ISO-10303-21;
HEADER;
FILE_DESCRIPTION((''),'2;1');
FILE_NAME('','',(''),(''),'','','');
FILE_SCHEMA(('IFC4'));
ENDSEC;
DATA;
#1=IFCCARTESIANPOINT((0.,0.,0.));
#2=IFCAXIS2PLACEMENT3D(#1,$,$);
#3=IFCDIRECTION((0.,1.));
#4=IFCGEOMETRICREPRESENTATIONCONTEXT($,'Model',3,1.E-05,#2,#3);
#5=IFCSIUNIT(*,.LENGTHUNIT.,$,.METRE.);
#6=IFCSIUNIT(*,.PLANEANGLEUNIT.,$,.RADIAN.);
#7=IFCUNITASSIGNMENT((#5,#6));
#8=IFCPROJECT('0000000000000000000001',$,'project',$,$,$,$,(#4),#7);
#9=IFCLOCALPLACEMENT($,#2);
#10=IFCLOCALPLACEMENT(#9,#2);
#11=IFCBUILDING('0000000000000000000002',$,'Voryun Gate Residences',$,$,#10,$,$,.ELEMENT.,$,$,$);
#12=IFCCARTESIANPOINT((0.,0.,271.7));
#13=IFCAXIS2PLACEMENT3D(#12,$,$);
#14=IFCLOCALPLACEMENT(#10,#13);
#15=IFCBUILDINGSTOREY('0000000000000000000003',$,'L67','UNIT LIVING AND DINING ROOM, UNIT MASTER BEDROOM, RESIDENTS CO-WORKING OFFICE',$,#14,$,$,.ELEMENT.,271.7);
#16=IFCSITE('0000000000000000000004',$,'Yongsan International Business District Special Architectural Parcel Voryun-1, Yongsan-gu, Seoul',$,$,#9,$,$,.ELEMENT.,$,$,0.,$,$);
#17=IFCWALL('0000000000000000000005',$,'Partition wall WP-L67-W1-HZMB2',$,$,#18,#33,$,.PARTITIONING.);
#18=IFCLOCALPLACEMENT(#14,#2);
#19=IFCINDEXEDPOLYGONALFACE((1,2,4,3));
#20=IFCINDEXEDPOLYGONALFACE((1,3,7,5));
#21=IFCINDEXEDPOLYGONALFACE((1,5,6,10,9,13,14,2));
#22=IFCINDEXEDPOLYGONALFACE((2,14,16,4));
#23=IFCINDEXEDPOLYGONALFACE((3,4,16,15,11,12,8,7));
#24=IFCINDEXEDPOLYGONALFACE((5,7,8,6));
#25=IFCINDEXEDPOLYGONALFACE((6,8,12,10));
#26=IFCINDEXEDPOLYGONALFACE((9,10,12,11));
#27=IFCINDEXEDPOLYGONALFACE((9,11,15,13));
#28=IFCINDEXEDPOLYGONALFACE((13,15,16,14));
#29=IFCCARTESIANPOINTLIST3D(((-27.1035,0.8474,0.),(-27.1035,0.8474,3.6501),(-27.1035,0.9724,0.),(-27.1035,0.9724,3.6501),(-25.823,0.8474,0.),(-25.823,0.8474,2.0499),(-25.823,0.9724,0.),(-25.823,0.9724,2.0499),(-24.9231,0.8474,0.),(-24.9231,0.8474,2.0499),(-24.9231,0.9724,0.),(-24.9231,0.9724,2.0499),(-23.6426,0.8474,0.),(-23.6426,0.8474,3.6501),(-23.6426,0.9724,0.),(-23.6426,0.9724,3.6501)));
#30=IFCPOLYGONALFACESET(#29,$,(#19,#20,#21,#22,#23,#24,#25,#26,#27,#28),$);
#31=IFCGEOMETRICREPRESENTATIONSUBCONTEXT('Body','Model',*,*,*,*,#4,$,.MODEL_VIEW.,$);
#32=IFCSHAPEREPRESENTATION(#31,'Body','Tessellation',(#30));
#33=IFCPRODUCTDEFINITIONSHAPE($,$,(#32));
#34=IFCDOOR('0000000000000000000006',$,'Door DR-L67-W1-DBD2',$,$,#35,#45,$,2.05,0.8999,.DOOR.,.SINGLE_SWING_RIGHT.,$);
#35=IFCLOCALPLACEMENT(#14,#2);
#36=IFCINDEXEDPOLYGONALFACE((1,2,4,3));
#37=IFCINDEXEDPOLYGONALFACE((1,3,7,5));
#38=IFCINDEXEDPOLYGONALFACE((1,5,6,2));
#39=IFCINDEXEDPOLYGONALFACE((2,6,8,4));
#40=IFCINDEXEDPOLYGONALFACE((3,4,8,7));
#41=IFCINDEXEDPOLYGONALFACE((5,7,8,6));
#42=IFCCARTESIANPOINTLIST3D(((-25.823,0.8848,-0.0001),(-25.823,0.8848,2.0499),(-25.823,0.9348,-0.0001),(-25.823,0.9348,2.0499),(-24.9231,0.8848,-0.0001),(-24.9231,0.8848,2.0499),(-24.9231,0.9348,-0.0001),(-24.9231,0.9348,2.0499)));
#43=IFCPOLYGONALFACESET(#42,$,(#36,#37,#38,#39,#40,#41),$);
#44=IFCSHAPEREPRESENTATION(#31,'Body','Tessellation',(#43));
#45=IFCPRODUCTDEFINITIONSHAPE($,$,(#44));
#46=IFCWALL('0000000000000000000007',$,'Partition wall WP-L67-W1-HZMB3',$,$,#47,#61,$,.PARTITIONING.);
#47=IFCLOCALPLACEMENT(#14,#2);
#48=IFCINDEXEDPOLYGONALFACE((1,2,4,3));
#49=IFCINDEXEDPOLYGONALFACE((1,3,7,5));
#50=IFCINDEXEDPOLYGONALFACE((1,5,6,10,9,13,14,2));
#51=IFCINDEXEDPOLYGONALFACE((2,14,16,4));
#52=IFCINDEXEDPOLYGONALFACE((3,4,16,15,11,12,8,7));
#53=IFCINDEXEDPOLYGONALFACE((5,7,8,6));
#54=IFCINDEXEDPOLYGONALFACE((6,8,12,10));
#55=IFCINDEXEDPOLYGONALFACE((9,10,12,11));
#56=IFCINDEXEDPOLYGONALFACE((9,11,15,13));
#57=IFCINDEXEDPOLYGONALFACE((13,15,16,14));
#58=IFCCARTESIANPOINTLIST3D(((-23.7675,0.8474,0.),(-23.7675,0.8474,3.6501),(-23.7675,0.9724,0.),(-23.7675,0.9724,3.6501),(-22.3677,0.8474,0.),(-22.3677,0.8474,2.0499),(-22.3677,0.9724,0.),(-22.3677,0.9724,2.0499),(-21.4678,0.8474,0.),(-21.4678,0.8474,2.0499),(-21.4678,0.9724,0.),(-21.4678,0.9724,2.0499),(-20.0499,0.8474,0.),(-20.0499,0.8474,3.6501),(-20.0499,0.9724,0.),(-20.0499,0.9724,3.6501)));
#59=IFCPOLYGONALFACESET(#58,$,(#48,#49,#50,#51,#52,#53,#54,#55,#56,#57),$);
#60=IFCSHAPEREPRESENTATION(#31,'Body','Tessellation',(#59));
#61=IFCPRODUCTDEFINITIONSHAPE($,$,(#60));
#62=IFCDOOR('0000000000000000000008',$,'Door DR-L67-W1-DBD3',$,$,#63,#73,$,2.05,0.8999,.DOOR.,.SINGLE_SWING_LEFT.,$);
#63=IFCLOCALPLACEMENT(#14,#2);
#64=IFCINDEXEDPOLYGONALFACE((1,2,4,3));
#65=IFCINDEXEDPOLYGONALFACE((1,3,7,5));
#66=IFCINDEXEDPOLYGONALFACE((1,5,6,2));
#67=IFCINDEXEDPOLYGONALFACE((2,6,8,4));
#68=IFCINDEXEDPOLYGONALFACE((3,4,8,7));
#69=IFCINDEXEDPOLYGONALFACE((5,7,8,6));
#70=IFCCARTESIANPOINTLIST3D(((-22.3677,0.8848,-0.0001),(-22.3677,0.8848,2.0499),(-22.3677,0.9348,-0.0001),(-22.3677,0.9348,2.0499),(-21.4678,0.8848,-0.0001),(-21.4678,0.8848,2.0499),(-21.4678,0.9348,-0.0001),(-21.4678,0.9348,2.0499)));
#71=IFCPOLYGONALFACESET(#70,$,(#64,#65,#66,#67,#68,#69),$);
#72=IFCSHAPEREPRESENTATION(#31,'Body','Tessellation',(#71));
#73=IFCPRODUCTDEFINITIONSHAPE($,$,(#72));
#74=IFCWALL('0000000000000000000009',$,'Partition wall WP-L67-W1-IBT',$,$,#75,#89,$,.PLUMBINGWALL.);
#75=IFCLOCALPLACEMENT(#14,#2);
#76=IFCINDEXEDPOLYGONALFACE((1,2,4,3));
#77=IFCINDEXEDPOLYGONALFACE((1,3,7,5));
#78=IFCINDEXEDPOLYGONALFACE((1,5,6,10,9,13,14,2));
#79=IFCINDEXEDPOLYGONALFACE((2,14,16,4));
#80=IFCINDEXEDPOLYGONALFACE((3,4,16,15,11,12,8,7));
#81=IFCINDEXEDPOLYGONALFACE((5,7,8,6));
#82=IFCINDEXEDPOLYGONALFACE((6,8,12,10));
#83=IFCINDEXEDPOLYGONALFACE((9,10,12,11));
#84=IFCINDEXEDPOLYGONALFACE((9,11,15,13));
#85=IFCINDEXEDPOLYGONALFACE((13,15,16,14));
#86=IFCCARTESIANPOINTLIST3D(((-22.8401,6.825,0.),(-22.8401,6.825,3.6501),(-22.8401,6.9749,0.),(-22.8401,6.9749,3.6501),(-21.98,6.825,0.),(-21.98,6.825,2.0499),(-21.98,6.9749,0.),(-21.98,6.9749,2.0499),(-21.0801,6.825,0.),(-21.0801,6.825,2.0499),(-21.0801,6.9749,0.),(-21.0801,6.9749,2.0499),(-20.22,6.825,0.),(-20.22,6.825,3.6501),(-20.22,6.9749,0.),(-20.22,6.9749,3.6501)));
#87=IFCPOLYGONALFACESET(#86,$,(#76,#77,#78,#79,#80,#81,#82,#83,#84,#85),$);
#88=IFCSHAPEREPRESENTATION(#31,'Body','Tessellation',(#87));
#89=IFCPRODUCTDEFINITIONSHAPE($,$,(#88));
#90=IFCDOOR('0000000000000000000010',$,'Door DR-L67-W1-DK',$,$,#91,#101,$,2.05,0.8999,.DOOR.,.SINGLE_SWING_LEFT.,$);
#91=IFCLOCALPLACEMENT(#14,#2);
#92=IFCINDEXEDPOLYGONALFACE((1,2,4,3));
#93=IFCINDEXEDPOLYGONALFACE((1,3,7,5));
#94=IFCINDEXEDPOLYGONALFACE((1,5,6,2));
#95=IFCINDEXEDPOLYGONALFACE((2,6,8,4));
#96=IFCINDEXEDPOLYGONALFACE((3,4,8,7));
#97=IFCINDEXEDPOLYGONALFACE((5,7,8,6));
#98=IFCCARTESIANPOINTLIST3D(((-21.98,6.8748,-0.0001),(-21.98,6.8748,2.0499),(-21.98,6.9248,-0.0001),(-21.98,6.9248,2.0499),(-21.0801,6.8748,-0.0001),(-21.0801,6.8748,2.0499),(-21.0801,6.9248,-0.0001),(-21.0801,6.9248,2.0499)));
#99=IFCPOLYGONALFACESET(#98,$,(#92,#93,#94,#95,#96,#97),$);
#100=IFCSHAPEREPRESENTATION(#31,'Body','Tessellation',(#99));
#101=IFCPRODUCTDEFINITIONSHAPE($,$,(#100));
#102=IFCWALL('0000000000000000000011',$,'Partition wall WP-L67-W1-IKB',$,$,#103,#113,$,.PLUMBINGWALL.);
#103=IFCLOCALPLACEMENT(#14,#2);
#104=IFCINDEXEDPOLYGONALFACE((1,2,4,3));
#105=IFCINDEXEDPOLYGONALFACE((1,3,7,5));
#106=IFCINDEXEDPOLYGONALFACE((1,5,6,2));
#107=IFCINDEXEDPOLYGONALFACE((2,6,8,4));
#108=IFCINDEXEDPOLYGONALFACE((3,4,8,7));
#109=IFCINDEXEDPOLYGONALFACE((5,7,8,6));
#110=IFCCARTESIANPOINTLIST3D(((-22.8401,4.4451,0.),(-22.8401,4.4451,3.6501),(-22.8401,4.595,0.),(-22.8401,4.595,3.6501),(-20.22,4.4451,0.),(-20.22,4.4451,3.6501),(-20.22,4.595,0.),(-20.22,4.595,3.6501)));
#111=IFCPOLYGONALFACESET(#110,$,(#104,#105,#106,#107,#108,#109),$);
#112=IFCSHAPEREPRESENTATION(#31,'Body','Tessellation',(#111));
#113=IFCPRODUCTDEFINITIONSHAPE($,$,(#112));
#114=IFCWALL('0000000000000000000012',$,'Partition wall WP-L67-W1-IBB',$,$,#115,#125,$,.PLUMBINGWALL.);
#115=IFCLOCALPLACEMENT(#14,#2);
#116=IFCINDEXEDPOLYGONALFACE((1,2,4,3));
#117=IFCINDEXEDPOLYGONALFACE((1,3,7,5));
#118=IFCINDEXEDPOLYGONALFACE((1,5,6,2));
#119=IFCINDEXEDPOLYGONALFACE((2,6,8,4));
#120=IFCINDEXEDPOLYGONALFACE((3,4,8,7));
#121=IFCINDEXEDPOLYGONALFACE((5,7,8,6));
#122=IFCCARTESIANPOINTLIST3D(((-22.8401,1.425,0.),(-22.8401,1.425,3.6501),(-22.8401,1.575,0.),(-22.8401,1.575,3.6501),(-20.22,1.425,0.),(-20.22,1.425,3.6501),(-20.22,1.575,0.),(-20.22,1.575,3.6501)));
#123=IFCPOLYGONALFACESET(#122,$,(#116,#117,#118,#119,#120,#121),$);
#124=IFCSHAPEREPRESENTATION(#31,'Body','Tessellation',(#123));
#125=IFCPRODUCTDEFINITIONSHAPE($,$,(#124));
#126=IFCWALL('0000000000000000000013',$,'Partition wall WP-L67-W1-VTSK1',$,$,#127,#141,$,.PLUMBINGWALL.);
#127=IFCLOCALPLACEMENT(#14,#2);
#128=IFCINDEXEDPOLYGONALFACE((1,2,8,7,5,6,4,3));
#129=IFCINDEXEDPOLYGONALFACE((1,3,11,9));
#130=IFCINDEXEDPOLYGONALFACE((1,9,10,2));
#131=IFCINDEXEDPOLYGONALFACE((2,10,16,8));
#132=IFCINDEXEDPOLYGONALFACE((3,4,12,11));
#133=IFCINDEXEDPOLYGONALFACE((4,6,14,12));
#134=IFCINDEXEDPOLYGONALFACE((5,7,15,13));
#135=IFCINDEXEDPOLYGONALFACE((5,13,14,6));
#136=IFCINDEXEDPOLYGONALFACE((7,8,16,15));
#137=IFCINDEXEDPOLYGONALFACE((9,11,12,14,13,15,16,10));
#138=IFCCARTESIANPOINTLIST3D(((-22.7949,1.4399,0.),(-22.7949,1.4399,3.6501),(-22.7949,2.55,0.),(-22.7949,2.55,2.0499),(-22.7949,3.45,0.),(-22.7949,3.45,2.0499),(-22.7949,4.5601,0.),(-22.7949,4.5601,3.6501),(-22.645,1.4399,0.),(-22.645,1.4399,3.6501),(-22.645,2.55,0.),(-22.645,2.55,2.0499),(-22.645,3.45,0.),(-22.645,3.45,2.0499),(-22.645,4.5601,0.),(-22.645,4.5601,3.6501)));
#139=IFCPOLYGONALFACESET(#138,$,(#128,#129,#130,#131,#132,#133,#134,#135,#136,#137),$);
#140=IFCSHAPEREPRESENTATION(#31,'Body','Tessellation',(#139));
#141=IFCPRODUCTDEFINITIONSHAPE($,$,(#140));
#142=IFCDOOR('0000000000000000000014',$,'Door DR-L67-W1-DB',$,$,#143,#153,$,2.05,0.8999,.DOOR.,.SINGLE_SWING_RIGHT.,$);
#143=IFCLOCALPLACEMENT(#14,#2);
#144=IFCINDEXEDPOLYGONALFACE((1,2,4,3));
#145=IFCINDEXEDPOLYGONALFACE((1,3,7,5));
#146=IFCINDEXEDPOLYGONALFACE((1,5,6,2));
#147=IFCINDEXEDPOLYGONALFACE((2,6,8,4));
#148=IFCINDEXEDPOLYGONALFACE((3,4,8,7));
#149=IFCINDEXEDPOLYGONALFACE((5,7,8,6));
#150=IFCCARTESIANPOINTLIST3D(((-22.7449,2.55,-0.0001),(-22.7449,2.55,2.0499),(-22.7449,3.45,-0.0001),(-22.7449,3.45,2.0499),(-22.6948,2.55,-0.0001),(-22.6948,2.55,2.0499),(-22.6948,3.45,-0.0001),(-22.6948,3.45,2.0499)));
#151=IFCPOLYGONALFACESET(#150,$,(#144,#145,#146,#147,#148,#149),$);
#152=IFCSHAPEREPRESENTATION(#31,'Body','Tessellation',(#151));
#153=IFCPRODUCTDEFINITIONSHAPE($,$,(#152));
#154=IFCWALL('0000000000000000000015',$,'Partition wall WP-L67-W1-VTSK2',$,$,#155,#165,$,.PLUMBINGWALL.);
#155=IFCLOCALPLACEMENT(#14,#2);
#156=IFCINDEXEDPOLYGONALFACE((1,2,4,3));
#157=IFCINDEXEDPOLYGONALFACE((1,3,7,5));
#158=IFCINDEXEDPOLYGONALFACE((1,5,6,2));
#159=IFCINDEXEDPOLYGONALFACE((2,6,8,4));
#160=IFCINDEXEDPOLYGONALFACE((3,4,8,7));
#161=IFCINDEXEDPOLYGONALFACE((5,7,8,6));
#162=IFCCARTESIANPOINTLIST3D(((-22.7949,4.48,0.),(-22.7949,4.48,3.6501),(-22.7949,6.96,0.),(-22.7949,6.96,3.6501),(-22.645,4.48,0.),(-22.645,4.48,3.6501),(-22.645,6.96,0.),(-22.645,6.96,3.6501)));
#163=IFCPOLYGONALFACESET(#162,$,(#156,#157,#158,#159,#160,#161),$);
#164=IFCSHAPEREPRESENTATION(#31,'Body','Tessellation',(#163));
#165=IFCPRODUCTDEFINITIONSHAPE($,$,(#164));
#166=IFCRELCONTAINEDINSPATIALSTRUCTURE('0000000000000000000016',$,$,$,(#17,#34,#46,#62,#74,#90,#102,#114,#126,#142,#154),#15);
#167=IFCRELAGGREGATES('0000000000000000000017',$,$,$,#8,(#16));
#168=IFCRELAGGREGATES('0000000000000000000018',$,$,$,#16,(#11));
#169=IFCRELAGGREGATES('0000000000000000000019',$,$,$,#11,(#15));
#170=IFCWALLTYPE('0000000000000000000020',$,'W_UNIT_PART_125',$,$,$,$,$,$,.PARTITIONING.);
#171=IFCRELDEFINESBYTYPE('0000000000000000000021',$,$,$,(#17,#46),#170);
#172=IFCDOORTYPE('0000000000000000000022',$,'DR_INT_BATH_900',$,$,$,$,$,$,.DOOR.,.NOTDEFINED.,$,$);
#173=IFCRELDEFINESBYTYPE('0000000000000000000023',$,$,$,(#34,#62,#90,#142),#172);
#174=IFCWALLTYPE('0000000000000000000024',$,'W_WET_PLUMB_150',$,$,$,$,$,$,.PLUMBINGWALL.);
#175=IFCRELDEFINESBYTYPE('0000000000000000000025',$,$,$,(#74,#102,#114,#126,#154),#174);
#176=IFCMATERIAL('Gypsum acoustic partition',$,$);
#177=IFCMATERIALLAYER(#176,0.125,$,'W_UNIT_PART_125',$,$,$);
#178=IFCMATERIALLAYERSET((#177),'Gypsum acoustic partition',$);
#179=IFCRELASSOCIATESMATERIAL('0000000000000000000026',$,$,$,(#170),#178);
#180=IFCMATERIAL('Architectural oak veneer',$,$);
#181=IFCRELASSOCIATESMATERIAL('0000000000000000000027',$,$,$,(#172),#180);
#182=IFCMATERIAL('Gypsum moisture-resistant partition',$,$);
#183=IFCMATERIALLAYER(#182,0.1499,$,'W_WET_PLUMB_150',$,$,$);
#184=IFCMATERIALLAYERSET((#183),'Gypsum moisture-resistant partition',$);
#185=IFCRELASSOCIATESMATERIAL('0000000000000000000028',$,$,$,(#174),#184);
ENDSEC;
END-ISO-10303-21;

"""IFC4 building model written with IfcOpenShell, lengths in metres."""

from ifc_helpers import new_model, si_unit, direction, frame, frame_2d, origin, place, context, subcontext, project, spatial, rectangle, extrude, material, layer, layer_set, type_object, element, fill, save


model = new_model("IFC4")

# Units and contexts
model_context = context("Model", 3, precision=1e-05, world=origin(), true_north=direction((0.0, 1.0)))
body_context = subcontext(model_context, "Body", "Model", "MODEL_VIEW")
ifc_project = project(units=[si_unit("LENGTHUNIT", "METRE"), si_unit("PLANEANGLEUNIT", "RADIAN")], contexts=[model_context])

# Site, building, storey
site_placement = place(None, origin())
site = spatial("IfcSite", under=ifc_project, at=site_placement, Name="Yongsan International Business District Special Architectural Parcel Voryun-1, Yongsan-gu, Seoul", CompositionType="ELEMENT", RefElevation=0.0)
building_placement = place(site_placement, origin())
building = spatial("IfcBuilding", under=site, at=building_placement, Name="Voryun Gate Residences", CompositionType="ELEMENT")
storey_placement = place(building_placement, frame((0.0, 0.0, 271.7)))
storey = spatial("IfcBuildingStorey", under=building, at=storey_placement, Name="L67", Description="UNIT LIVING AND DINING ROOM, UNIT MASTER BEDROOM, RESIDENTS CO-WORKING OFFICE", CompositionType="ELEMENT", Elevation=271.7)

# Walls, openings, doors
ifc_material_1 = material(Name="Gypsum acoustic partition")
ifc_layer_1 = layer(ifc_material_1, 0.125, Name="W_UNIT_PART_125")
ifc_layer_set_1 = layer_set([ifc_layer_1], Name="Gypsum acoustic partition")
wall_type_1 = type_object("IfcWallType", Name="W_UNIT_PART_125", PredefinedType="PARTITIONING", material=ifc_layer_set_1)
ifc_material_2 = material(Name="Architectural oak veneer")
door_type_1 = type_object("IfcDoorType", Name="DR_INT_BATH_900", OperationType="NOTDEFINED", PredefinedType="DOOR", material=ifc_material_2)
wall_1_placement = place(storey_placement, frame((-27.1035, 0.9099, 0.0), z_axis=(0.0, 0.0, 1.0), x_axis=(1.0, 0.0, 0.0)))
wall_1 = element("IfcWall", 1, at=wall_1_placement, inside=storey, type_object=wall_type_1, Name="Partition wall WP-L67-W1-HZMB2", PredefinedType="PARTITIONING", context=body_context, shape_type="SweptSolid", body=[
    extrude(rectangle(XDim=3.4609, YDim=0.125, at=frame_2d((1.7305, 0.0))), origin(), (0.0, 0.0, 1.0), 3.6501),
])
opening_1_placement = place(wall_1_placement, frame((1.2805, 0.0, 0.0)))
opening_1 = element("IfcOpeningElement", 2, at=opening_1_placement, cuts=wall_1, PredefinedType="OPENING", context=body_context, shape_type="SweptSolid", body=[
    extrude(rectangle(XDim=0.8999, YDim=2.05, at=frame_2d((0.45, 1.0249))), frame((0.0, 0.0725, 0.0), z_axis=(0.0, -1.0, 0.0), x_axis=(1.0, 0.0, 0.0)), (0.0, 0.0, 1.0), 0.145),
])
door_1_placement = place(opening_1_placement, origin())
door_1 = element("IfcDoor", 3, at=door_1_placement, inside=storey, type_object=door_type_1, Name="Door DR-L67-W1-DBD2", OperationType="SINGLE_SWING_RIGHT", OverallHeight=2.05, OverallWidth=0.8999, PredefinedType="DOOR", context=body_context, shape_type="SweptSolid", body=[
    extrude(rectangle(XDim=0.8999, YDim=2.05, at=frame_2d((0.45, 1.0249))), frame((0.0, 0.0249, 0.0), z_axis=(0.0, -1.0, 0.0), x_axis=(1.0, 0.0, 0.0)), (0.0, 0.0, 1.0), 0.05),
])
fill(opening_1, door_1)
wall_2_placement = place(storey_placement, frame((-23.7676, 0.9099, 0.0), z_axis=(0.0, 0.0, 1.0), x_axis=(1.0, 0.0, 0.0)))
wall_2 = element("IfcWall", 4, at=wall_2_placement, inside=storey, type_object=wall_type_1, Name="Partition wall WP-L67-W1-HZMB3", PredefinedType="PARTITIONING", context=body_context, shape_type="SweptSolid", body=[
    extrude(rectangle(XDim=3.7175, YDim=0.125, at=frame_2d((1.8589, 0.0))), origin(), (0.0, 0.0, 1.0), 3.6501),
])
opening_2_placement = place(wall_2_placement, frame((1.3999, 0.0, 0.0)))
opening_2 = element("IfcOpeningElement", 5, at=opening_2_placement, cuts=wall_2, PredefinedType="OPENING", context=body_context, shape_type="SweptSolid", body=[
    extrude(rectangle(XDim=0.8999, YDim=2.05, at=frame_2d((0.45, 1.0249))), frame((0.0, 0.0725, 0.0), z_axis=(0.0, -1.0, 0.0), x_axis=(1.0, 0.0, 0.0)), (0.0, 0.0, 1.0), 0.145),
])
door_2_placement = place(opening_2_placement, origin())
door_2 = element("IfcDoor", 6, at=door_2_placement, inside=storey, type_object=door_type_1, Name="Door DR-L67-W1-DBD3", OperationType="SINGLE_SWING_LEFT", OverallHeight=2.05, OverallWidth=0.8999, PredefinedType="DOOR", context=body_context, shape_type="SweptSolid", body=[
    extrude(rectangle(XDim=0.8999, YDim=2.05, at=frame_2d((0.45, 1.0249))), frame((0.0, 0.0249, 0.0), z_axis=(0.0, -1.0, 0.0), x_axis=(1.0, 0.0, 0.0)), (0.0, 0.0, 1.0), 0.05),
])
fill(opening_2, door_2)
ifc_material_3 = material(Name="Gypsum moisture-resistant partition")
ifc_layer_2 = layer(ifc_material_3, 0.1499, Name="W_WET_PLUMB_150")
ifc_layer_set_2 = layer_set([ifc_layer_2], Name="Gypsum moisture-resistant partition")
wall_type_2 = type_object("IfcWallType", Name="W_WET_PLUMB_150", PredefinedType="PLUMBINGWALL", material=ifc_layer_set_2)
wall_3_placement = place(storey_placement, frame((-22.8401, 6.8999, 0.0), z_axis=(0.0, 0.0, 1.0), x_axis=(1.0, 0.0, 0.0)))
wall_3 = element("IfcWall", 7, at=wall_3_placement, inside=storey, type_object=wall_type_2, Name="Partition wall WP-L67-W1-IBT", PredefinedType="PLUMBINGWALL", context=body_context, shape_type="SweptSolid", body=[
    extrude(rectangle(XDim=2.6201, YDim=0.1499, at=frame_2d((1.3101, 0.0))), origin(), (0.0, 0.0, 1.0), 3.6501),
])
opening_3_placement = place(wall_3_placement, frame((0.8601, 0.0, 0.0)))
opening_3 = element("IfcOpeningElement", 8, at=opening_3_placement, cuts=wall_3, PredefinedType="OPENING", context=body_context, shape_type="SweptSolid", body=[
    extrude(rectangle(XDim=0.8999, YDim=2.05, at=frame_2d((0.45, 1.0249))), frame((0.0, 0.085, 0.0), z_axis=(0.0, -1.0, 0.0), x_axis=(1.0, 0.0, 0.0)), (0.0, 0.0, 1.0), 0.1699),
])
door_3_placement = place(opening_3_placement, origin())
door_3 = element("IfcDoor", 9, at=door_3_placement, inside=storey, type_object=door_type_1, Name="Door DR-L67-W1-DK", OperationType="SINGLE_SWING_LEFT", OverallHeight=2.05, OverallWidth=0.8999, PredefinedType="DOOR", context=body_context, shape_type="SweptSolid", body=[
    extrude(rectangle(XDim=0.8999, YDim=2.05, at=frame_2d((0.45, 1.0249))), frame((0.0, 0.0249, 0.0), z_axis=(0.0, -1.0, 0.0), x_axis=(1.0, 0.0, 0.0)), (0.0, 0.0, 1.0), 0.05),
])
fill(opening_3, door_3)

# Walls
for number, where, z_axis, x_axis, name in (
    (10, (-22.8401, 4.52, 0.0), (0.0, 0.0, 1.0), (1.0, 0.0, 0.0), "Partition wall WP-L67-W1-IKB"),
    (11, (-22.8401, 1.5, 0.0), (0.0, 0.0, 1.0), (1.0, 0.0, 0.0), "Partition wall WP-L67-W1-IBB"),
):
    element("IfcWall", number, at=place(storey_placement, frame(where, z_axis=z_axis, x_axis=x_axis)), inside=storey, type_object=wall_type_2, Name=name, PredefinedType="PLUMBINGWALL", context=body_context, shape_type="SweptSolid", body=[
        extrude(rectangle(XDim=2.6201, YDim=0.1499, at=frame_2d((1.3101, 0.0))), origin(), (0.0, 0.0, 1.0), 3.6501),
    ])

# Wall, opening, door
wall_4_placement = place(storey_placement, frame((-22.72, 1.4399, 0.0), z_axis=(0.0, 0.0, 1.0), x_axis=(0.0, 1.0, 0.0)))
wall_4 = element("IfcWall", 12, at=wall_4_placement, inside=storey, type_object=wall_type_2, Name="Partition wall WP-L67-W1-VTSK1", PredefinedType="PLUMBINGWALL", context=body_context, shape_type="SweptSolid", body=[
    extrude(rectangle(XDim=3.1201, YDim=0.1499, at=frame_2d((1.5601, 0.0))), origin(), (0.0, 0.0, 1.0), 3.6501),
])
opening_4_placement = place(wall_4_placement, frame((1.1101, 0.0, 0.0)))
opening_4 = element("IfcOpeningElement", 13, at=opening_4_placement, cuts=wall_4, PredefinedType="OPENING", context=body_context, shape_type="SweptSolid", body=[
    extrude(rectangle(XDim=0.8999, YDim=2.05, at=frame_2d((0.45, 1.0249))), frame((0.0, 0.085, 0.0), z_axis=(0.0, -1.0, 0.0), x_axis=(1.0, 0.0, 0.0)), (0.0, 0.0, 1.0), 0.1699),
])
door_4_placement = place(opening_4_placement, origin())
door_4 = element("IfcDoor", 14, at=door_4_placement, inside=storey, type_object=door_type_1, Name="Door DR-L67-W1-DB", OperationType="SINGLE_SWING_RIGHT", OverallHeight=2.05, OverallWidth=0.8999, PredefinedType="DOOR", context=body_context, shape_type="SweptSolid", body=[
    extrude(rectangle(XDim=0.8999, YDim=2.05, at=frame_2d((0.45, 1.0249))), frame((0.0, 0.0249, 0.0), z_axis=(0.0, -1.0, 0.0), x_axis=(1.0, 0.0, 0.0)), (0.0, 0.0, 1.0), 0.05),
])
fill(opening_4, door_4)

# Wall
wall_5_placement = place(storey_placement, frame((-22.72, 4.48, 0.0), z_axis=(0.0, 0.0, 1.0), x_axis=(0.0, 1.0, 0.0)))
element("IfcWall", 15, at=wall_5_placement, inside=storey, type_object=wall_type_2, Name="Partition wall WP-L67-W1-VTSK2", PredefinedType="PLUMBINGWALL", context=body_context, shape_type="SweptSolid", body=[
    extrude(rectangle(XDim=2.48, YDim=0.1499, at=frame_2d((1.24, 0.0))), origin(), (0.0, 0.0, 1.0), 3.6501),
])

save(model, "model.ifc")
